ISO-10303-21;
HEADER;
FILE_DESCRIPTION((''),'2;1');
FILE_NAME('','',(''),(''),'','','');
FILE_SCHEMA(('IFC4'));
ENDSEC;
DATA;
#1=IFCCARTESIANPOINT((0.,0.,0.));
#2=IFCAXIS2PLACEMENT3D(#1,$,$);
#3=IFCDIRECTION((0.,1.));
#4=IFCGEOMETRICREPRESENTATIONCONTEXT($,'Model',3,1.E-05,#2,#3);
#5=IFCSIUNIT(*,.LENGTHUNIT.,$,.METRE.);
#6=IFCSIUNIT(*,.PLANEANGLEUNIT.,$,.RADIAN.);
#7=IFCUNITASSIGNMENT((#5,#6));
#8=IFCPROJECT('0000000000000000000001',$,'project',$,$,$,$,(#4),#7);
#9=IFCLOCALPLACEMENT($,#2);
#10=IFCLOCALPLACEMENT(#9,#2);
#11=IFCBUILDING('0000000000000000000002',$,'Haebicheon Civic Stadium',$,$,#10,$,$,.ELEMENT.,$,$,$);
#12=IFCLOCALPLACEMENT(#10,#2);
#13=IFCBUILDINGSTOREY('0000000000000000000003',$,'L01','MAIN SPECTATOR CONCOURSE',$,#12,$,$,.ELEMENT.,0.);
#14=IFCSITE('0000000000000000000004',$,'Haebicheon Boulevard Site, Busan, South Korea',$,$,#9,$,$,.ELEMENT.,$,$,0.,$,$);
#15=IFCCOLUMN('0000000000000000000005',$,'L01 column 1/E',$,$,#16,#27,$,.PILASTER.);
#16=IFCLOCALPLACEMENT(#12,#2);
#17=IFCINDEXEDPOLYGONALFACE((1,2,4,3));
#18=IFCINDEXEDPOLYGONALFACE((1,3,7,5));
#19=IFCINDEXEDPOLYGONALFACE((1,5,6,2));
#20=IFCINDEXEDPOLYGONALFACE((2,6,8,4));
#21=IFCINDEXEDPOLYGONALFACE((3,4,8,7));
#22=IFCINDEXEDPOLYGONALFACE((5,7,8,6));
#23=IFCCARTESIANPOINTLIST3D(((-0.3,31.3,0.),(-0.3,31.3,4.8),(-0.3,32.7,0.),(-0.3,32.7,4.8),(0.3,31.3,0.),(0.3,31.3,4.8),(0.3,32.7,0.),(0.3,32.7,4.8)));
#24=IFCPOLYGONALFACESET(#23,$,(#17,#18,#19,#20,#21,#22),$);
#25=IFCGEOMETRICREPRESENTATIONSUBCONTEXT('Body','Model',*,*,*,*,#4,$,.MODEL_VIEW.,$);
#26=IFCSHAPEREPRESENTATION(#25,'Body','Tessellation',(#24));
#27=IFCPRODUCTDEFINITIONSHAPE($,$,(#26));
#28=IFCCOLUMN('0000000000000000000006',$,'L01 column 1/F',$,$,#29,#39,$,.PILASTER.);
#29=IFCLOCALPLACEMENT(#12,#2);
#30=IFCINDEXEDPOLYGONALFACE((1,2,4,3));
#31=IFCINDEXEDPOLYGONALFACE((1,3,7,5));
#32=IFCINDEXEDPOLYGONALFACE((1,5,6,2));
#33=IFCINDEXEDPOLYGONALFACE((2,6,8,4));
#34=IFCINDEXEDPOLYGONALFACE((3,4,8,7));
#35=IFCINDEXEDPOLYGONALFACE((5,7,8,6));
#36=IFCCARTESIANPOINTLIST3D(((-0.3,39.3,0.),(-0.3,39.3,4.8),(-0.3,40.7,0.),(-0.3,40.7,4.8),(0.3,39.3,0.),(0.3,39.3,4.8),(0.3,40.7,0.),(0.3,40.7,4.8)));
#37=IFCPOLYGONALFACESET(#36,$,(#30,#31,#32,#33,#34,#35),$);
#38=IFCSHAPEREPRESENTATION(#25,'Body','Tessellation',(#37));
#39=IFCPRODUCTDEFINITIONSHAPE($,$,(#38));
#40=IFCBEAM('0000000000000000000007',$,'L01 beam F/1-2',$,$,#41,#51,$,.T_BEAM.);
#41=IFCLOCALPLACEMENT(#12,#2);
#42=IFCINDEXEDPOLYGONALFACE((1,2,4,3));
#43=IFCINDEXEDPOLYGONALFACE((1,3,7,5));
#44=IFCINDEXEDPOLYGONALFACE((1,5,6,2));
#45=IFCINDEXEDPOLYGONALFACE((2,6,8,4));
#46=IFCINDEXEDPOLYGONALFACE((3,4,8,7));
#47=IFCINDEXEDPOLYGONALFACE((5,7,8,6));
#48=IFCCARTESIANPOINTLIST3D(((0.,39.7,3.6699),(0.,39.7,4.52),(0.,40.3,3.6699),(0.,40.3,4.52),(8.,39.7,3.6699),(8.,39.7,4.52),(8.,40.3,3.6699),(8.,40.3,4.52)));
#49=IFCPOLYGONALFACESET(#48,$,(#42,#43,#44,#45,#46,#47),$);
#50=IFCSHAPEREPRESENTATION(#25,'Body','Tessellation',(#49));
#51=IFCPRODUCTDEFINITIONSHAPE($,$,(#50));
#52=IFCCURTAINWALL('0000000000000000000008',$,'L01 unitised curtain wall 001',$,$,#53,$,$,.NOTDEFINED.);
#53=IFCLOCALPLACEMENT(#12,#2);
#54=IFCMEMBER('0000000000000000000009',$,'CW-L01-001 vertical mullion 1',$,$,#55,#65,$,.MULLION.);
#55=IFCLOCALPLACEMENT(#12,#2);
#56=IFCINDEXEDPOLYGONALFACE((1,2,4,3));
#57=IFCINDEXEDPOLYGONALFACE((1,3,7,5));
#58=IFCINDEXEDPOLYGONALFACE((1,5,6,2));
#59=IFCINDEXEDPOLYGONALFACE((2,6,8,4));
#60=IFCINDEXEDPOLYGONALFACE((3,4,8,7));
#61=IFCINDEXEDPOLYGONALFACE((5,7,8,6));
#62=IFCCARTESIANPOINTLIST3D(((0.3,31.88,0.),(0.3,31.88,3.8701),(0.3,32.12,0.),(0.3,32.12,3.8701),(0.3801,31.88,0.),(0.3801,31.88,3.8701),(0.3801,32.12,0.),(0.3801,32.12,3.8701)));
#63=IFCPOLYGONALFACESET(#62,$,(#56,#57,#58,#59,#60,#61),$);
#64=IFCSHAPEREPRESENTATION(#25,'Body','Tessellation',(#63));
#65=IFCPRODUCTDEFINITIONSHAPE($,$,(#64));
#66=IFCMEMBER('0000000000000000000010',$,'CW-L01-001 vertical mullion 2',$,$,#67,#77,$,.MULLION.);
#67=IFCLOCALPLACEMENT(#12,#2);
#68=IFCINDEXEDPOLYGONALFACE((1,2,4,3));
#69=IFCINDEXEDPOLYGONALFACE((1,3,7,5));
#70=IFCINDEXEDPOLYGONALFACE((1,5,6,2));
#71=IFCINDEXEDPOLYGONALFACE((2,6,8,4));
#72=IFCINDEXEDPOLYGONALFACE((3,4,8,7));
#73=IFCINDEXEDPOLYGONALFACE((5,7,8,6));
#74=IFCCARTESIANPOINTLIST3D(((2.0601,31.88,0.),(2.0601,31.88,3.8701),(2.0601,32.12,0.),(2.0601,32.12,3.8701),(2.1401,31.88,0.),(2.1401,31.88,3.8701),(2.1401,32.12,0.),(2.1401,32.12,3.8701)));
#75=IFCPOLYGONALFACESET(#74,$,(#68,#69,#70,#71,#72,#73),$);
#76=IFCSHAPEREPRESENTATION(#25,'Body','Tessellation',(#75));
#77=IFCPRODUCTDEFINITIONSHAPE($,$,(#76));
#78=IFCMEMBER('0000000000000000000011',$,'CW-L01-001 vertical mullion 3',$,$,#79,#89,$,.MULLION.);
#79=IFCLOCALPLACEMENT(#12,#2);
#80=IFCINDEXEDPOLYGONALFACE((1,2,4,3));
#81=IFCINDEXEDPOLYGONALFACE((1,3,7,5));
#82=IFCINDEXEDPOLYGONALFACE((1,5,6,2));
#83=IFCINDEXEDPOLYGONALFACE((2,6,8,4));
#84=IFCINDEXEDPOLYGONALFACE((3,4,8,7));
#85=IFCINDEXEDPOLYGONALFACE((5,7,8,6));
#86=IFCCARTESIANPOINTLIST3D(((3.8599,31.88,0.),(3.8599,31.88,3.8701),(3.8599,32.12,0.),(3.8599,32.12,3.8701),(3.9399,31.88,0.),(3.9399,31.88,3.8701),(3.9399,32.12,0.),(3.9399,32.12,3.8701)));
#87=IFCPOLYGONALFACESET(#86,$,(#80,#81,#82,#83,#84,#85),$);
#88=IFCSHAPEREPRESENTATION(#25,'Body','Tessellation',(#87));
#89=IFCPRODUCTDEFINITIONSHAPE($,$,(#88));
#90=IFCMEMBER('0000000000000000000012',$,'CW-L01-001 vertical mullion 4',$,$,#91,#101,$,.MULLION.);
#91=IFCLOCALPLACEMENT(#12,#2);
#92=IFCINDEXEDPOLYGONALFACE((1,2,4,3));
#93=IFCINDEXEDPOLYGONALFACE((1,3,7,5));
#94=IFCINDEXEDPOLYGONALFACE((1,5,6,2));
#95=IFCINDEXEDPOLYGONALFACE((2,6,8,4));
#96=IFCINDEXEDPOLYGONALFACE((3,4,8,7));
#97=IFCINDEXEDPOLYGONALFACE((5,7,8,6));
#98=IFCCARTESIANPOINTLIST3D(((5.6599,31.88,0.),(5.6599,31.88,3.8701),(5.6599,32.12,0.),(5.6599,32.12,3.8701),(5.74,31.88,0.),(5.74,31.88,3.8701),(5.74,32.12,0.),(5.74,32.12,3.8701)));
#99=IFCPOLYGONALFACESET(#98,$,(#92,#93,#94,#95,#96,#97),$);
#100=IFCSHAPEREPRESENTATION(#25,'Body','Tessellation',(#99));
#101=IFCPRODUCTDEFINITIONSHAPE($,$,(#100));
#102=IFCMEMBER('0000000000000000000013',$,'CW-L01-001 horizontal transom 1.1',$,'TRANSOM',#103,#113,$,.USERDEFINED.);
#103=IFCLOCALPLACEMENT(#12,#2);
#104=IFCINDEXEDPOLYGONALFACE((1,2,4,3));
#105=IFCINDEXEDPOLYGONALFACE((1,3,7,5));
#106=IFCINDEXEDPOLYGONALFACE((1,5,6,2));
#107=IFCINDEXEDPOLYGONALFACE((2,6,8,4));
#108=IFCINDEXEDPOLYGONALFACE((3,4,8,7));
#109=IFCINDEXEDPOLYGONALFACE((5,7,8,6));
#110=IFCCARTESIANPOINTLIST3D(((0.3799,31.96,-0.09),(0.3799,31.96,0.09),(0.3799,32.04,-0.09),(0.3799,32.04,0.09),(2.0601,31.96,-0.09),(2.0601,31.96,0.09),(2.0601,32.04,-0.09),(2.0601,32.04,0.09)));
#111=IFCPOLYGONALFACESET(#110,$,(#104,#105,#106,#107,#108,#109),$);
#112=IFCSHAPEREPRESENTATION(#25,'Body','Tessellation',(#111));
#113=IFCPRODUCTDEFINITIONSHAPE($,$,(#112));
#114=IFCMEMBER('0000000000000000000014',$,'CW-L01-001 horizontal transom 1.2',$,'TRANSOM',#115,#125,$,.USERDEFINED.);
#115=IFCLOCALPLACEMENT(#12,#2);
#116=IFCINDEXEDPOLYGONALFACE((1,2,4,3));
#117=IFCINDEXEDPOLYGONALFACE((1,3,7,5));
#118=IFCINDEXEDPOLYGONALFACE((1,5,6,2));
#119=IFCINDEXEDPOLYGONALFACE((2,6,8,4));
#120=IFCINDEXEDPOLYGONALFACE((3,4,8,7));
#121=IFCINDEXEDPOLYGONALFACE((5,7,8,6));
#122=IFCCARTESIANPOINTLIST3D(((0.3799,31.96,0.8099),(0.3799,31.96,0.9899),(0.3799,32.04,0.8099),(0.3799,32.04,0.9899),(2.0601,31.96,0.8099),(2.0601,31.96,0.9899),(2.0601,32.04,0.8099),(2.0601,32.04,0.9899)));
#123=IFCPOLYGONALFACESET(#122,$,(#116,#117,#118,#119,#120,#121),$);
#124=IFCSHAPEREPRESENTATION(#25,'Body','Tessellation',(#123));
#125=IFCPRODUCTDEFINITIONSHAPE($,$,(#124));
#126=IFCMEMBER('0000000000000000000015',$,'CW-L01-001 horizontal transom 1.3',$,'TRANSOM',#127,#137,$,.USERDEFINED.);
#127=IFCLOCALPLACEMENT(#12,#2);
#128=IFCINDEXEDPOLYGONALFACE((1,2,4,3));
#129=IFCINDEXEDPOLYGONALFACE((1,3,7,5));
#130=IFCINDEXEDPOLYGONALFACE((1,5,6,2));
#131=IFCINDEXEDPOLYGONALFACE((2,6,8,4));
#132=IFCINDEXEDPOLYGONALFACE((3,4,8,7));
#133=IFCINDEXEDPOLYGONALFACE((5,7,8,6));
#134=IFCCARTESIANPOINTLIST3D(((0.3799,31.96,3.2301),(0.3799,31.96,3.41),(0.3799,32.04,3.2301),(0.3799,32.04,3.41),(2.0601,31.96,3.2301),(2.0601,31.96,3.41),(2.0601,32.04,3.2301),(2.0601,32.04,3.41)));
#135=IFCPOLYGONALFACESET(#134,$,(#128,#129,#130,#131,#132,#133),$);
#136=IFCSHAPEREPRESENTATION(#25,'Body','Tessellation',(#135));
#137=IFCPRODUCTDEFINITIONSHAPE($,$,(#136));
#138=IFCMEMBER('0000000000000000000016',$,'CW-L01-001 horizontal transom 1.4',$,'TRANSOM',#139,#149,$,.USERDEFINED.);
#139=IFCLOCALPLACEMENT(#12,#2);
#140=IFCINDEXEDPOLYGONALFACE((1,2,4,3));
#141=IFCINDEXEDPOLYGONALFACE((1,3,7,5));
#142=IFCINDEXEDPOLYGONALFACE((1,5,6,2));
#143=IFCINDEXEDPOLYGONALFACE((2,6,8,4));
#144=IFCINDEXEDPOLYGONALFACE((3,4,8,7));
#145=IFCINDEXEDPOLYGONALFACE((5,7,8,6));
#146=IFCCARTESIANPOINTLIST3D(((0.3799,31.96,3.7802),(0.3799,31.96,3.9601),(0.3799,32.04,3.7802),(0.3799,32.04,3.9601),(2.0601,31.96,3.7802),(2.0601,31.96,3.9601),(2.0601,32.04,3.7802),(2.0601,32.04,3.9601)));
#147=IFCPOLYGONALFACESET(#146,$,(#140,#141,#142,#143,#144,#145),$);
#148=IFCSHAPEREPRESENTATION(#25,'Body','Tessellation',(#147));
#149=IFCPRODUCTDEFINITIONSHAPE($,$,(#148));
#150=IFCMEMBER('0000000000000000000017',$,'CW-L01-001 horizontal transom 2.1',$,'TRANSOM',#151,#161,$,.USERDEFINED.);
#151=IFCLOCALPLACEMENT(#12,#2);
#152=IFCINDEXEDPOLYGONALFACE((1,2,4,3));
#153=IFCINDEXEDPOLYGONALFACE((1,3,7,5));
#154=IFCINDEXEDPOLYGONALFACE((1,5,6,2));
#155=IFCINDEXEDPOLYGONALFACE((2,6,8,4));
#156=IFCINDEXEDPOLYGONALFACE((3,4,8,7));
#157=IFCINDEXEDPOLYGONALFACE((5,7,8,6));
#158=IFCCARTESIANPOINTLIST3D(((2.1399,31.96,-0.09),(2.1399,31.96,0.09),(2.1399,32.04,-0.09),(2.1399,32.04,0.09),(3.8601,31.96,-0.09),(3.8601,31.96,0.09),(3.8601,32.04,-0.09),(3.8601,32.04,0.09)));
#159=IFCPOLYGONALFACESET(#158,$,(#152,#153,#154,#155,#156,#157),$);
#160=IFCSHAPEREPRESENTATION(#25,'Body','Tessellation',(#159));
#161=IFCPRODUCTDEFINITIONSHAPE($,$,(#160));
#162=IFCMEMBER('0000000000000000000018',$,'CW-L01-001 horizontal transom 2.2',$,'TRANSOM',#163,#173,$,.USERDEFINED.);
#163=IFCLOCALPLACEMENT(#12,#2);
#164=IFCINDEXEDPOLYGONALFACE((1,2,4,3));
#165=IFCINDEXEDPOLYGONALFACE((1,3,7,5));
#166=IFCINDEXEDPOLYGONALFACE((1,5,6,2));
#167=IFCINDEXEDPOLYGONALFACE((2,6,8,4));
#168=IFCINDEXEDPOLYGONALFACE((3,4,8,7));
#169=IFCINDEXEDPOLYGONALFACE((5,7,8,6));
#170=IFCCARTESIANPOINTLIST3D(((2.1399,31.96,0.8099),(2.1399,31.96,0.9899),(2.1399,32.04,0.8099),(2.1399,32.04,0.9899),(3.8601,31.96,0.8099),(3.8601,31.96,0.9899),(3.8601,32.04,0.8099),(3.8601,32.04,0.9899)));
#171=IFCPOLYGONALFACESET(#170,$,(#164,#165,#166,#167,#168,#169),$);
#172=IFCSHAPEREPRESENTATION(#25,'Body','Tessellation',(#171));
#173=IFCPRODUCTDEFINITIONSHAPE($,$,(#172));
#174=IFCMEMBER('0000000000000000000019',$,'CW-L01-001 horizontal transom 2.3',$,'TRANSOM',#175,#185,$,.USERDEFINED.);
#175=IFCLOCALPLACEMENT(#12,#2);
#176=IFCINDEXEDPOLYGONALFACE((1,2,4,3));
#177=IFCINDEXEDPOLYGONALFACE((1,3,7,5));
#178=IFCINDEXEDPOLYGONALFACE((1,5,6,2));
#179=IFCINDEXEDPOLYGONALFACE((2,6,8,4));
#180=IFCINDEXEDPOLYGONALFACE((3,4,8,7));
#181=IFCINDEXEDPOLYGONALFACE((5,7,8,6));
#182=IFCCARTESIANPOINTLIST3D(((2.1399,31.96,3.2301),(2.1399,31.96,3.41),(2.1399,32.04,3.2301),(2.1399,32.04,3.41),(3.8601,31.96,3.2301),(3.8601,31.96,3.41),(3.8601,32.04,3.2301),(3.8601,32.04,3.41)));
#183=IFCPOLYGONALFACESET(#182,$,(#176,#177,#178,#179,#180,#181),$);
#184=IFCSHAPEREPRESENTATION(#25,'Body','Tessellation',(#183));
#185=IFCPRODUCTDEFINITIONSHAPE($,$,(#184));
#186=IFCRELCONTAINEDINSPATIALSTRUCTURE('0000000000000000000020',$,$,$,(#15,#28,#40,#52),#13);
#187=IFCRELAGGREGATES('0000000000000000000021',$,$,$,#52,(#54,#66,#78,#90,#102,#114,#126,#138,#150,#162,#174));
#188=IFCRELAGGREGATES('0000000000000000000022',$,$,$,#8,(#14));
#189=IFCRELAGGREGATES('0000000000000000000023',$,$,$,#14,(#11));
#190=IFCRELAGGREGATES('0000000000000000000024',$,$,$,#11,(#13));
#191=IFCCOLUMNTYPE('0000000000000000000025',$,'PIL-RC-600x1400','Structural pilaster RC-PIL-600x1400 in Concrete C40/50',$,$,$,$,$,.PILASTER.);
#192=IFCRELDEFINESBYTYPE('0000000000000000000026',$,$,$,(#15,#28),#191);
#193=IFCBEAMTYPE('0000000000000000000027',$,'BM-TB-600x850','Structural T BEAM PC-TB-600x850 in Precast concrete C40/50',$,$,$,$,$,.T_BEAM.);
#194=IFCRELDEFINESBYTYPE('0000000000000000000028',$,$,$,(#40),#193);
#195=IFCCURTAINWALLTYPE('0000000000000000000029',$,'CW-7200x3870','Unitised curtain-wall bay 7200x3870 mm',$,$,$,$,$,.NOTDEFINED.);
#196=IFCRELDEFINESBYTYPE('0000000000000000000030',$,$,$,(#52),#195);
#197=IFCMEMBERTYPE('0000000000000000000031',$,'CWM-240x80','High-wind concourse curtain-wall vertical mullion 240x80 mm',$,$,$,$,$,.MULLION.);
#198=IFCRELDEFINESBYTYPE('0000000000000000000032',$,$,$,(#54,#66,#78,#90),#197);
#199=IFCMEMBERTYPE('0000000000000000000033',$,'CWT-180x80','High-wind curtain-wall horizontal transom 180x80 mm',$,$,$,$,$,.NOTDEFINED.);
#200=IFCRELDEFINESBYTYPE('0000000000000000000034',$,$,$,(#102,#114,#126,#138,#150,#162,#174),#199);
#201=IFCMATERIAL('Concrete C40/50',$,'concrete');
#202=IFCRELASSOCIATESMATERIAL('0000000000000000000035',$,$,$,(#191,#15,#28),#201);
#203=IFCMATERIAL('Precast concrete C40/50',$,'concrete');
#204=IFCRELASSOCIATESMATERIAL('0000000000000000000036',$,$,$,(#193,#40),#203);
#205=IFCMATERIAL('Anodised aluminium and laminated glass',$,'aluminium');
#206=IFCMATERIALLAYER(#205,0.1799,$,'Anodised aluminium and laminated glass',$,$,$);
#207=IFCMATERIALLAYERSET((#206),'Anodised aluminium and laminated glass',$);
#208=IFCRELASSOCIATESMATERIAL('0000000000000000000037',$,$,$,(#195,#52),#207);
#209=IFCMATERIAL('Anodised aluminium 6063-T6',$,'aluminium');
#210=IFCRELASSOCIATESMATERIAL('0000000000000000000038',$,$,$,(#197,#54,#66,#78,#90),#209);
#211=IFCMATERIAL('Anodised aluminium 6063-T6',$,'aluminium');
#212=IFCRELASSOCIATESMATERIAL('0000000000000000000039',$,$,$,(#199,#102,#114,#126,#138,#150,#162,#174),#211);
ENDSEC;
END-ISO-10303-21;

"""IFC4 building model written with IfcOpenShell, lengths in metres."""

from ifc_helpers import new_model, si_unit, direction, frame, origin, origin_2d, place, context, subcontext, project, spatial, rectangle, extrude, material, layer, layer_set, material_profile, profile_set, type_object, element, aggregate, save


model = new_model("IFC4")

# Units and contexts
model_context = context("Model", 3, precision=1e-05, world=origin(), true_north=direction((0.0, 1.0)))
body_context = subcontext(model_context, "Body", "Model", "MODEL_VIEW")
ifc_project = project(units=[si_unit("LENGTHUNIT", "METRE"), si_unit("PLANEANGLEUNIT", "RADIAN")], contexts=[model_context])

# Site, building, storey
site_placement = place(None, origin())
site = spatial("IfcSite", under=ifc_project, at=site_placement, Name="Haebicheon Boulevard Site, Busan, South Korea", CompositionType="ELEMENT", RefElevation=0.0)
building_placement = place(site_placement, origin())
building = spatial("IfcBuilding", under=site, at=building_placement, Name="Haebicheon Civic Stadium", CompositionType="ELEMENT")
storey_placement = place(building_placement, origin())
storey = spatial("IfcBuildingStorey", under=building, at=storey_placement, Name="L01", Description="MAIN SPECTATOR CONCOURSE", CompositionType="ELEMENT", Elevation=0.0)

# Columns
ifc_material_1 = material(Name="Concrete C40/50", Category="concrete")
ifc_material_profile_1 = material_profile(ifc_material_1, rectangle(XDim=0.6001, YDim=1.3999, at=origin_2d()), Name="RC-PIL-600x1400")
ifc_profile_set_1 = profile_set([ifc_material_profile_1], Name="Concrete C40/50")
column_type = type_object("IfcColumnType", Name="PIL-RC-600x1400", Description="Structural pilaster RC-PIL-600x1400 in Concrete C40/50", PredefinedType="PILASTER", material=ifc_profile_set_1)
for number, where, z_axis, x_axis, name in (
    (1, (0.0, 32.0, 0.0), (0.0, 0.0, 1.0), (1.0, 0.0, 0.0), "L01 column 1/E"),
    (2, (0.0, 40.0, 0.0), (0.0, 0.0, 1.0), (1.0, 0.0, 0.0), "L01 column 1/F"),
):
    element("IfcColumn", number, at=place(storey_placement, frame(where, z_axis=z_axis, x_axis=x_axis)), inside=storey, type_object=column_type, material=ifc_profile_set_1, Name=name, PredefinedType="PILASTER", context=body_context, shape_type="SweptSolid", body=[
        extrude(rectangle(XDim=0.6001, YDim=1.3999, at=origin_2d()), origin(), (0.0, 0.0, 1.0), 4.8),
    ])

# Beam
ifc_material_2 = material(Name="Precast concrete C40/50", Category="concrete")
ifc_material_profile_2 = material_profile(ifc_material_2, rectangle(XDim=0.6001, YDim=0.8501, at=origin_2d()), Name="PC-TB-600x850")
ifc_profile_set_2 = profile_set([ifc_material_profile_2], Name="Precast concrete C40/50")
beam_type_1 = type_object("IfcBeamType", Name="BM-TB-600x850", Description="Structural T BEAM PC-TB-600x850 in Precast concrete C40/50", PredefinedType="T_BEAM", material=ifc_profile_set_2)
beam_1_placement = place(storey_placement, frame((0.0, 40.0, 4.095), z_axis=(1.0, 0.0, 0.0), x_axis=(0.0, 1.0, 0.0)))
element("IfcBeam", 3, at=beam_1_placement, inside=storey, type_object=beam_type_1, material=ifc_profile_set_2, Name="L01 beam F/1-2", PredefinedType="T_BEAM", context=body_context, shape_type="SweptSolid", body=[
    extrude(rectangle(XDim=0.6001, YDim=0.8501, at=origin_2d()), origin(), (0.0, 0.0, 1.0), 8.0),
])

# Curtain wall, members
ifc_material_3 = material(Name="Anodised aluminium and laminated glass", Category="aluminium")
ifc_layer_1 = layer(ifc_material_3, 0.1799, Name="Anodised aluminium and laminated glass")
ifc_layer_set_1 = layer_set([ifc_layer_1], Name="Anodised aluminium and laminated glass")
curtain_wall_type = type_object("IfcCurtainWallType", Name="CW-7200x3870", Description="Unitised curtain-wall bay 7200x3870 mm", PredefinedType="NOTDEFINED", material=ifc_layer_set_1)
curtain_wall_placement = place(storey_placement, origin())
curtain_wall = element("IfcCurtainWall", 4, at=curtain_wall_placement, inside=storey, type_object=curtain_wall_type, material=ifc_layer_set_1, Name="L01 unitised curtain wall 001", PredefinedType="NOTDEFINED")
ifc_material_4 = material(Name="Anodised aluminium 6063-T6", Category="aluminium")
ifc_material_profile_3 = material_profile(ifc_material_4, rectangle(XDim=0.0801, YDim=0.24, at=origin_2d()), Name="ALU-MULL-80x240")
ifc_profile_set_3 = profile_set([ifc_material_profile_3], Name="Anodised aluminium 6063-T6")
member_type_1 = type_object("IfcMemberType", Name="CWM-240x80", Description="High-wind concourse curtain-wall vertical mullion 240x80 mm", PredefinedType="MULLION", material=ifc_profile_set_3)
member_1_placement = place(storey_placement, frame((0.3401, 32.0, 0.0), z_axis=(0.0, 0.0, 1.0), x_axis=(1.0, 0.0, 0.0)))
member_1 = element("IfcMember", 5, at=member_1_placement, type_object=member_type_1, material=ifc_profile_set_3, Name="CW-L01-001 vertical mullion 1", PredefinedType="MULLION", context=body_context, shape_type="SweptSolid", body=[
    extrude(rectangle(XDim=0.0801, YDim=0.24, at=origin_2d()), origin(), (0.0, 0.0, 1.0), 3.8701),
])
member_2_placement = place(storey_placement, frame((2.1001, 32.0, 0.0), z_axis=(0.0, 0.0, 1.0), x_axis=(1.0, 0.0, 0.0)))
member_2 = element("IfcMember", 6, at=member_2_placement, type_object=member_type_1, material=ifc_profile_set_3, Name="CW-L01-001 vertical mullion 2", PredefinedType="MULLION", context=body_context, shape_type="SweptSolid", body=[
    extrude(rectangle(XDim=0.0801, YDim=0.24, at=origin_2d()), origin(), (0.0, 0.0, 1.0), 3.8701),
])
member_3_placement = place(storey_placement, frame((3.8999, 32.0, 0.0), z_axis=(0.0, 0.0, 1.0), x_axis=(1.0, 0.0, 0.0)))
member_3 = element("IfcMember", 7, at=member_3_placement, type_object=member_type_1, material=ifc_profile_set_3, Name="CW-L01-001 vertical mullion 3", PredefinedType="MULLION", context=body_context, shape_type="SweptSolid", body=[
    extrude(rectangle(XDim=0.0801, YDim=0.24, at=origin_2d()), origin(), (0.0, 0.0, 1.0), 3.8701),
])
member_4_placement = place(storey_placement, frame((5.7, 32.0, 0.0), z_axis=(0.0, 0.0, 1.0), x_axis=(1.0, 0.0, 0.0)))
member_4 = element("IfcMember", 8, at=member_4_placement, type_object=member_type_1, material=ifc_profile_set_3, Name="CW-L01-001 vertical mullion 4", PredefinedType="MULLION", context=body_context, shape_type="SweptSolid", body=[
    extrude(rectangle(XDim=0.0801, YDim=0.24, at=origin_2d()), origin(), (0.0, 0.0, 1.0), 3.8701),
])
ifc_material_5 = material(Name="Anodised aluminium 6063-T6", Category="aluminium")
ifc_material_profile_4 = material_profile(ifc_material_5, rectangle(XDim=0.0801, YDim=0.1799, at=origin_2d()), Name="ALU-TRAN-80x180")
ifc_profile_set_4 = profile_set([ifc_material_profile_4], Name="Anodised aluminium 6063-T6")
member_type_2 = type_object("IfcMemberType", Name="CWT-180x80", Description="High-wind curtain-wall horizontal transom 180x80 mm", PredefinedType="NOTDEFINED", material=ifc_profile_set_4)
member_5_placement = place(storey_placement, frame((0.3799, 32.0, 0.0), z_axis=(1.0, 0.0, 0.0), x_axis=(0.0, 1.0, 0.0)))
member_5 = element("IfcMember", 9, at=member_5_placement, type_object=member_type_2, material=ifc_profile_set_4, Name="CW-L01-001 horizontal transom 1.1", ObjectType="TRANSOM", PredefinedType="USERDEFINED", context=body_context, shape_type="SweptSolid", body=[
    extrude(rectangle(XDim=0.0801, YDim=0.1799, at=origin_2d()), origin(), (0.0, 0.0, 1.0), 1.6802),
])
member_6_placement = place(storey_placement, frame((0.3799, 32.0, 0.8999), z_axis=(1.0, 0.0, 0.0), x_axis=(0.0, 1.0, 0.0)))
member_6 = element("IfcMember", 10, at=member_6_placement, type_object=member_type_2, material=ifc_profile_set_4, Name="CW-L01-001 horizontal transom 1.2", ObjectType="TRANSOM", PredefinedType="USERDEFINED", context=body_context, shape_type="SweptSolid", body=[
    extrude(rectangle(XDim=0.0801, YDim=0.1799, at=origin_2d()), origin(), (0.0, 0.0, 1.0), 1.6802),
])
member_7_placement = place(storey_placement, frame((0.3799, 32.0, 3.3201), z_axis=(1.0, 0.0, 0.0), x_axis=(0.0, 1.0, 0.0)))
member_7 = element("IfcMember", 11, at=member_7_placement, type_object=member_type_2, material=ifc_profile_set_4, Name="CW-L01-001 horizontal transom 1.3", ObjectType="TRANSOM", PredefinedType="USERDEFINED", context=body_context, shape_type="SweptSolid", body=[
    extrude(rectangle(XDim=0.0801, YDim=0.1799, at=origin_2d()), origin(), (0.0, 0.0, 1.0), 1.6802),
])
member_8_placement = place(storey_placement, frame((0.3799, 32.0, 3.8701), z_axis=(1.0, 0.0, 0.0), x_axis=(0.0, 1.0, 0.0)))
member_8 = element("IfcMember", 12, at=member_8_placement, type_object=member_type_2, material=ifc_profile_set_4, Name="CW-L01-001 horizontal transom 1.4", ObjectType="TRANSOM", PredefinedType="USERDEFINED", context=body_context, shape_type="SweptSolid", body=[
    extrude(rectangle(XDim=0.0801, YDim=0.1799, at=origin_2d()), origin(), (0.0, 0.0, 1.0), 1.6802),
])
member_9_placement = place(storey_placement, frame((2.1399, 32.0, 0.0), z_axis=(1.0, 0.0, 0.0), x_axis=(0.0, 1.0, 0.0)))
member_9 = element("IfcMember", 13, at=member_9_placement, type_object=member_type_2, material=ifc_profile_set_4, Name="CW-L01-001 horizontal transom 2.1", ObjectType="TRANSOM", PredefinedType="USERDEFINED", context=body_context, shape_type="SweptSolid", body=[
    extrude(rectangle(XDim=0.0801, YDim=0.1799, at=origin_2d()), origin(), (0.0, 0.0, 1.0), 1.7202),
])
member_10_placement = place(storey_placement, frame((2.1399, 32.0, 0.8999), z_axis=(1.0, 0.0, 0.0), x_axis=(0.0, 1.0, 0.0)))
member_10 = element("IfcMember", 14, at=member_10_placement, type_object=member_type_2, material=ifc_profile_set_4, Name="CW-L01-001 horizontal transom 2.2", ObjectType="TRANSOM", PredefinedType="USERDEFINED", context=body_context, shape_type="SweptSolid", body=[
    extrude(rectangle(XDim=0.0801, YDim=0.1799, at=origin_2d()), origin(), (0.0, 0.0, 1.0), 1.7202),
])
member_11_placement = place(storey_placement, frame((2.1399, 32.0, 3.3201), z_axis=(1.0, 0.0, 0.0), x_axis=(0.0, 1.0, 0.0)))
member_11 = element("IfcMember", 15, at=member_11_placement, type_object=member_type_2, material=ifc_profile_set_4, Name="CW-L01-001 horizontal transom 2.3", ObjectType="TRANSOM", PredefinedType="USERDEFINED", context=body_context, shape_type="SweptSolid", body=[
    extrude(rectangle(XDim=0.0801, YDim=0.1799, at=origin_2d()), origin(), (0.0, 0.0, 1.0), 1.7202),
])

aggregate(curtain_wall, [member_1, member_2, member_3, member_4, member_5, member_6, member_7, member_8, member_9, member_10, member_11])

save(model, "model.ifc")
